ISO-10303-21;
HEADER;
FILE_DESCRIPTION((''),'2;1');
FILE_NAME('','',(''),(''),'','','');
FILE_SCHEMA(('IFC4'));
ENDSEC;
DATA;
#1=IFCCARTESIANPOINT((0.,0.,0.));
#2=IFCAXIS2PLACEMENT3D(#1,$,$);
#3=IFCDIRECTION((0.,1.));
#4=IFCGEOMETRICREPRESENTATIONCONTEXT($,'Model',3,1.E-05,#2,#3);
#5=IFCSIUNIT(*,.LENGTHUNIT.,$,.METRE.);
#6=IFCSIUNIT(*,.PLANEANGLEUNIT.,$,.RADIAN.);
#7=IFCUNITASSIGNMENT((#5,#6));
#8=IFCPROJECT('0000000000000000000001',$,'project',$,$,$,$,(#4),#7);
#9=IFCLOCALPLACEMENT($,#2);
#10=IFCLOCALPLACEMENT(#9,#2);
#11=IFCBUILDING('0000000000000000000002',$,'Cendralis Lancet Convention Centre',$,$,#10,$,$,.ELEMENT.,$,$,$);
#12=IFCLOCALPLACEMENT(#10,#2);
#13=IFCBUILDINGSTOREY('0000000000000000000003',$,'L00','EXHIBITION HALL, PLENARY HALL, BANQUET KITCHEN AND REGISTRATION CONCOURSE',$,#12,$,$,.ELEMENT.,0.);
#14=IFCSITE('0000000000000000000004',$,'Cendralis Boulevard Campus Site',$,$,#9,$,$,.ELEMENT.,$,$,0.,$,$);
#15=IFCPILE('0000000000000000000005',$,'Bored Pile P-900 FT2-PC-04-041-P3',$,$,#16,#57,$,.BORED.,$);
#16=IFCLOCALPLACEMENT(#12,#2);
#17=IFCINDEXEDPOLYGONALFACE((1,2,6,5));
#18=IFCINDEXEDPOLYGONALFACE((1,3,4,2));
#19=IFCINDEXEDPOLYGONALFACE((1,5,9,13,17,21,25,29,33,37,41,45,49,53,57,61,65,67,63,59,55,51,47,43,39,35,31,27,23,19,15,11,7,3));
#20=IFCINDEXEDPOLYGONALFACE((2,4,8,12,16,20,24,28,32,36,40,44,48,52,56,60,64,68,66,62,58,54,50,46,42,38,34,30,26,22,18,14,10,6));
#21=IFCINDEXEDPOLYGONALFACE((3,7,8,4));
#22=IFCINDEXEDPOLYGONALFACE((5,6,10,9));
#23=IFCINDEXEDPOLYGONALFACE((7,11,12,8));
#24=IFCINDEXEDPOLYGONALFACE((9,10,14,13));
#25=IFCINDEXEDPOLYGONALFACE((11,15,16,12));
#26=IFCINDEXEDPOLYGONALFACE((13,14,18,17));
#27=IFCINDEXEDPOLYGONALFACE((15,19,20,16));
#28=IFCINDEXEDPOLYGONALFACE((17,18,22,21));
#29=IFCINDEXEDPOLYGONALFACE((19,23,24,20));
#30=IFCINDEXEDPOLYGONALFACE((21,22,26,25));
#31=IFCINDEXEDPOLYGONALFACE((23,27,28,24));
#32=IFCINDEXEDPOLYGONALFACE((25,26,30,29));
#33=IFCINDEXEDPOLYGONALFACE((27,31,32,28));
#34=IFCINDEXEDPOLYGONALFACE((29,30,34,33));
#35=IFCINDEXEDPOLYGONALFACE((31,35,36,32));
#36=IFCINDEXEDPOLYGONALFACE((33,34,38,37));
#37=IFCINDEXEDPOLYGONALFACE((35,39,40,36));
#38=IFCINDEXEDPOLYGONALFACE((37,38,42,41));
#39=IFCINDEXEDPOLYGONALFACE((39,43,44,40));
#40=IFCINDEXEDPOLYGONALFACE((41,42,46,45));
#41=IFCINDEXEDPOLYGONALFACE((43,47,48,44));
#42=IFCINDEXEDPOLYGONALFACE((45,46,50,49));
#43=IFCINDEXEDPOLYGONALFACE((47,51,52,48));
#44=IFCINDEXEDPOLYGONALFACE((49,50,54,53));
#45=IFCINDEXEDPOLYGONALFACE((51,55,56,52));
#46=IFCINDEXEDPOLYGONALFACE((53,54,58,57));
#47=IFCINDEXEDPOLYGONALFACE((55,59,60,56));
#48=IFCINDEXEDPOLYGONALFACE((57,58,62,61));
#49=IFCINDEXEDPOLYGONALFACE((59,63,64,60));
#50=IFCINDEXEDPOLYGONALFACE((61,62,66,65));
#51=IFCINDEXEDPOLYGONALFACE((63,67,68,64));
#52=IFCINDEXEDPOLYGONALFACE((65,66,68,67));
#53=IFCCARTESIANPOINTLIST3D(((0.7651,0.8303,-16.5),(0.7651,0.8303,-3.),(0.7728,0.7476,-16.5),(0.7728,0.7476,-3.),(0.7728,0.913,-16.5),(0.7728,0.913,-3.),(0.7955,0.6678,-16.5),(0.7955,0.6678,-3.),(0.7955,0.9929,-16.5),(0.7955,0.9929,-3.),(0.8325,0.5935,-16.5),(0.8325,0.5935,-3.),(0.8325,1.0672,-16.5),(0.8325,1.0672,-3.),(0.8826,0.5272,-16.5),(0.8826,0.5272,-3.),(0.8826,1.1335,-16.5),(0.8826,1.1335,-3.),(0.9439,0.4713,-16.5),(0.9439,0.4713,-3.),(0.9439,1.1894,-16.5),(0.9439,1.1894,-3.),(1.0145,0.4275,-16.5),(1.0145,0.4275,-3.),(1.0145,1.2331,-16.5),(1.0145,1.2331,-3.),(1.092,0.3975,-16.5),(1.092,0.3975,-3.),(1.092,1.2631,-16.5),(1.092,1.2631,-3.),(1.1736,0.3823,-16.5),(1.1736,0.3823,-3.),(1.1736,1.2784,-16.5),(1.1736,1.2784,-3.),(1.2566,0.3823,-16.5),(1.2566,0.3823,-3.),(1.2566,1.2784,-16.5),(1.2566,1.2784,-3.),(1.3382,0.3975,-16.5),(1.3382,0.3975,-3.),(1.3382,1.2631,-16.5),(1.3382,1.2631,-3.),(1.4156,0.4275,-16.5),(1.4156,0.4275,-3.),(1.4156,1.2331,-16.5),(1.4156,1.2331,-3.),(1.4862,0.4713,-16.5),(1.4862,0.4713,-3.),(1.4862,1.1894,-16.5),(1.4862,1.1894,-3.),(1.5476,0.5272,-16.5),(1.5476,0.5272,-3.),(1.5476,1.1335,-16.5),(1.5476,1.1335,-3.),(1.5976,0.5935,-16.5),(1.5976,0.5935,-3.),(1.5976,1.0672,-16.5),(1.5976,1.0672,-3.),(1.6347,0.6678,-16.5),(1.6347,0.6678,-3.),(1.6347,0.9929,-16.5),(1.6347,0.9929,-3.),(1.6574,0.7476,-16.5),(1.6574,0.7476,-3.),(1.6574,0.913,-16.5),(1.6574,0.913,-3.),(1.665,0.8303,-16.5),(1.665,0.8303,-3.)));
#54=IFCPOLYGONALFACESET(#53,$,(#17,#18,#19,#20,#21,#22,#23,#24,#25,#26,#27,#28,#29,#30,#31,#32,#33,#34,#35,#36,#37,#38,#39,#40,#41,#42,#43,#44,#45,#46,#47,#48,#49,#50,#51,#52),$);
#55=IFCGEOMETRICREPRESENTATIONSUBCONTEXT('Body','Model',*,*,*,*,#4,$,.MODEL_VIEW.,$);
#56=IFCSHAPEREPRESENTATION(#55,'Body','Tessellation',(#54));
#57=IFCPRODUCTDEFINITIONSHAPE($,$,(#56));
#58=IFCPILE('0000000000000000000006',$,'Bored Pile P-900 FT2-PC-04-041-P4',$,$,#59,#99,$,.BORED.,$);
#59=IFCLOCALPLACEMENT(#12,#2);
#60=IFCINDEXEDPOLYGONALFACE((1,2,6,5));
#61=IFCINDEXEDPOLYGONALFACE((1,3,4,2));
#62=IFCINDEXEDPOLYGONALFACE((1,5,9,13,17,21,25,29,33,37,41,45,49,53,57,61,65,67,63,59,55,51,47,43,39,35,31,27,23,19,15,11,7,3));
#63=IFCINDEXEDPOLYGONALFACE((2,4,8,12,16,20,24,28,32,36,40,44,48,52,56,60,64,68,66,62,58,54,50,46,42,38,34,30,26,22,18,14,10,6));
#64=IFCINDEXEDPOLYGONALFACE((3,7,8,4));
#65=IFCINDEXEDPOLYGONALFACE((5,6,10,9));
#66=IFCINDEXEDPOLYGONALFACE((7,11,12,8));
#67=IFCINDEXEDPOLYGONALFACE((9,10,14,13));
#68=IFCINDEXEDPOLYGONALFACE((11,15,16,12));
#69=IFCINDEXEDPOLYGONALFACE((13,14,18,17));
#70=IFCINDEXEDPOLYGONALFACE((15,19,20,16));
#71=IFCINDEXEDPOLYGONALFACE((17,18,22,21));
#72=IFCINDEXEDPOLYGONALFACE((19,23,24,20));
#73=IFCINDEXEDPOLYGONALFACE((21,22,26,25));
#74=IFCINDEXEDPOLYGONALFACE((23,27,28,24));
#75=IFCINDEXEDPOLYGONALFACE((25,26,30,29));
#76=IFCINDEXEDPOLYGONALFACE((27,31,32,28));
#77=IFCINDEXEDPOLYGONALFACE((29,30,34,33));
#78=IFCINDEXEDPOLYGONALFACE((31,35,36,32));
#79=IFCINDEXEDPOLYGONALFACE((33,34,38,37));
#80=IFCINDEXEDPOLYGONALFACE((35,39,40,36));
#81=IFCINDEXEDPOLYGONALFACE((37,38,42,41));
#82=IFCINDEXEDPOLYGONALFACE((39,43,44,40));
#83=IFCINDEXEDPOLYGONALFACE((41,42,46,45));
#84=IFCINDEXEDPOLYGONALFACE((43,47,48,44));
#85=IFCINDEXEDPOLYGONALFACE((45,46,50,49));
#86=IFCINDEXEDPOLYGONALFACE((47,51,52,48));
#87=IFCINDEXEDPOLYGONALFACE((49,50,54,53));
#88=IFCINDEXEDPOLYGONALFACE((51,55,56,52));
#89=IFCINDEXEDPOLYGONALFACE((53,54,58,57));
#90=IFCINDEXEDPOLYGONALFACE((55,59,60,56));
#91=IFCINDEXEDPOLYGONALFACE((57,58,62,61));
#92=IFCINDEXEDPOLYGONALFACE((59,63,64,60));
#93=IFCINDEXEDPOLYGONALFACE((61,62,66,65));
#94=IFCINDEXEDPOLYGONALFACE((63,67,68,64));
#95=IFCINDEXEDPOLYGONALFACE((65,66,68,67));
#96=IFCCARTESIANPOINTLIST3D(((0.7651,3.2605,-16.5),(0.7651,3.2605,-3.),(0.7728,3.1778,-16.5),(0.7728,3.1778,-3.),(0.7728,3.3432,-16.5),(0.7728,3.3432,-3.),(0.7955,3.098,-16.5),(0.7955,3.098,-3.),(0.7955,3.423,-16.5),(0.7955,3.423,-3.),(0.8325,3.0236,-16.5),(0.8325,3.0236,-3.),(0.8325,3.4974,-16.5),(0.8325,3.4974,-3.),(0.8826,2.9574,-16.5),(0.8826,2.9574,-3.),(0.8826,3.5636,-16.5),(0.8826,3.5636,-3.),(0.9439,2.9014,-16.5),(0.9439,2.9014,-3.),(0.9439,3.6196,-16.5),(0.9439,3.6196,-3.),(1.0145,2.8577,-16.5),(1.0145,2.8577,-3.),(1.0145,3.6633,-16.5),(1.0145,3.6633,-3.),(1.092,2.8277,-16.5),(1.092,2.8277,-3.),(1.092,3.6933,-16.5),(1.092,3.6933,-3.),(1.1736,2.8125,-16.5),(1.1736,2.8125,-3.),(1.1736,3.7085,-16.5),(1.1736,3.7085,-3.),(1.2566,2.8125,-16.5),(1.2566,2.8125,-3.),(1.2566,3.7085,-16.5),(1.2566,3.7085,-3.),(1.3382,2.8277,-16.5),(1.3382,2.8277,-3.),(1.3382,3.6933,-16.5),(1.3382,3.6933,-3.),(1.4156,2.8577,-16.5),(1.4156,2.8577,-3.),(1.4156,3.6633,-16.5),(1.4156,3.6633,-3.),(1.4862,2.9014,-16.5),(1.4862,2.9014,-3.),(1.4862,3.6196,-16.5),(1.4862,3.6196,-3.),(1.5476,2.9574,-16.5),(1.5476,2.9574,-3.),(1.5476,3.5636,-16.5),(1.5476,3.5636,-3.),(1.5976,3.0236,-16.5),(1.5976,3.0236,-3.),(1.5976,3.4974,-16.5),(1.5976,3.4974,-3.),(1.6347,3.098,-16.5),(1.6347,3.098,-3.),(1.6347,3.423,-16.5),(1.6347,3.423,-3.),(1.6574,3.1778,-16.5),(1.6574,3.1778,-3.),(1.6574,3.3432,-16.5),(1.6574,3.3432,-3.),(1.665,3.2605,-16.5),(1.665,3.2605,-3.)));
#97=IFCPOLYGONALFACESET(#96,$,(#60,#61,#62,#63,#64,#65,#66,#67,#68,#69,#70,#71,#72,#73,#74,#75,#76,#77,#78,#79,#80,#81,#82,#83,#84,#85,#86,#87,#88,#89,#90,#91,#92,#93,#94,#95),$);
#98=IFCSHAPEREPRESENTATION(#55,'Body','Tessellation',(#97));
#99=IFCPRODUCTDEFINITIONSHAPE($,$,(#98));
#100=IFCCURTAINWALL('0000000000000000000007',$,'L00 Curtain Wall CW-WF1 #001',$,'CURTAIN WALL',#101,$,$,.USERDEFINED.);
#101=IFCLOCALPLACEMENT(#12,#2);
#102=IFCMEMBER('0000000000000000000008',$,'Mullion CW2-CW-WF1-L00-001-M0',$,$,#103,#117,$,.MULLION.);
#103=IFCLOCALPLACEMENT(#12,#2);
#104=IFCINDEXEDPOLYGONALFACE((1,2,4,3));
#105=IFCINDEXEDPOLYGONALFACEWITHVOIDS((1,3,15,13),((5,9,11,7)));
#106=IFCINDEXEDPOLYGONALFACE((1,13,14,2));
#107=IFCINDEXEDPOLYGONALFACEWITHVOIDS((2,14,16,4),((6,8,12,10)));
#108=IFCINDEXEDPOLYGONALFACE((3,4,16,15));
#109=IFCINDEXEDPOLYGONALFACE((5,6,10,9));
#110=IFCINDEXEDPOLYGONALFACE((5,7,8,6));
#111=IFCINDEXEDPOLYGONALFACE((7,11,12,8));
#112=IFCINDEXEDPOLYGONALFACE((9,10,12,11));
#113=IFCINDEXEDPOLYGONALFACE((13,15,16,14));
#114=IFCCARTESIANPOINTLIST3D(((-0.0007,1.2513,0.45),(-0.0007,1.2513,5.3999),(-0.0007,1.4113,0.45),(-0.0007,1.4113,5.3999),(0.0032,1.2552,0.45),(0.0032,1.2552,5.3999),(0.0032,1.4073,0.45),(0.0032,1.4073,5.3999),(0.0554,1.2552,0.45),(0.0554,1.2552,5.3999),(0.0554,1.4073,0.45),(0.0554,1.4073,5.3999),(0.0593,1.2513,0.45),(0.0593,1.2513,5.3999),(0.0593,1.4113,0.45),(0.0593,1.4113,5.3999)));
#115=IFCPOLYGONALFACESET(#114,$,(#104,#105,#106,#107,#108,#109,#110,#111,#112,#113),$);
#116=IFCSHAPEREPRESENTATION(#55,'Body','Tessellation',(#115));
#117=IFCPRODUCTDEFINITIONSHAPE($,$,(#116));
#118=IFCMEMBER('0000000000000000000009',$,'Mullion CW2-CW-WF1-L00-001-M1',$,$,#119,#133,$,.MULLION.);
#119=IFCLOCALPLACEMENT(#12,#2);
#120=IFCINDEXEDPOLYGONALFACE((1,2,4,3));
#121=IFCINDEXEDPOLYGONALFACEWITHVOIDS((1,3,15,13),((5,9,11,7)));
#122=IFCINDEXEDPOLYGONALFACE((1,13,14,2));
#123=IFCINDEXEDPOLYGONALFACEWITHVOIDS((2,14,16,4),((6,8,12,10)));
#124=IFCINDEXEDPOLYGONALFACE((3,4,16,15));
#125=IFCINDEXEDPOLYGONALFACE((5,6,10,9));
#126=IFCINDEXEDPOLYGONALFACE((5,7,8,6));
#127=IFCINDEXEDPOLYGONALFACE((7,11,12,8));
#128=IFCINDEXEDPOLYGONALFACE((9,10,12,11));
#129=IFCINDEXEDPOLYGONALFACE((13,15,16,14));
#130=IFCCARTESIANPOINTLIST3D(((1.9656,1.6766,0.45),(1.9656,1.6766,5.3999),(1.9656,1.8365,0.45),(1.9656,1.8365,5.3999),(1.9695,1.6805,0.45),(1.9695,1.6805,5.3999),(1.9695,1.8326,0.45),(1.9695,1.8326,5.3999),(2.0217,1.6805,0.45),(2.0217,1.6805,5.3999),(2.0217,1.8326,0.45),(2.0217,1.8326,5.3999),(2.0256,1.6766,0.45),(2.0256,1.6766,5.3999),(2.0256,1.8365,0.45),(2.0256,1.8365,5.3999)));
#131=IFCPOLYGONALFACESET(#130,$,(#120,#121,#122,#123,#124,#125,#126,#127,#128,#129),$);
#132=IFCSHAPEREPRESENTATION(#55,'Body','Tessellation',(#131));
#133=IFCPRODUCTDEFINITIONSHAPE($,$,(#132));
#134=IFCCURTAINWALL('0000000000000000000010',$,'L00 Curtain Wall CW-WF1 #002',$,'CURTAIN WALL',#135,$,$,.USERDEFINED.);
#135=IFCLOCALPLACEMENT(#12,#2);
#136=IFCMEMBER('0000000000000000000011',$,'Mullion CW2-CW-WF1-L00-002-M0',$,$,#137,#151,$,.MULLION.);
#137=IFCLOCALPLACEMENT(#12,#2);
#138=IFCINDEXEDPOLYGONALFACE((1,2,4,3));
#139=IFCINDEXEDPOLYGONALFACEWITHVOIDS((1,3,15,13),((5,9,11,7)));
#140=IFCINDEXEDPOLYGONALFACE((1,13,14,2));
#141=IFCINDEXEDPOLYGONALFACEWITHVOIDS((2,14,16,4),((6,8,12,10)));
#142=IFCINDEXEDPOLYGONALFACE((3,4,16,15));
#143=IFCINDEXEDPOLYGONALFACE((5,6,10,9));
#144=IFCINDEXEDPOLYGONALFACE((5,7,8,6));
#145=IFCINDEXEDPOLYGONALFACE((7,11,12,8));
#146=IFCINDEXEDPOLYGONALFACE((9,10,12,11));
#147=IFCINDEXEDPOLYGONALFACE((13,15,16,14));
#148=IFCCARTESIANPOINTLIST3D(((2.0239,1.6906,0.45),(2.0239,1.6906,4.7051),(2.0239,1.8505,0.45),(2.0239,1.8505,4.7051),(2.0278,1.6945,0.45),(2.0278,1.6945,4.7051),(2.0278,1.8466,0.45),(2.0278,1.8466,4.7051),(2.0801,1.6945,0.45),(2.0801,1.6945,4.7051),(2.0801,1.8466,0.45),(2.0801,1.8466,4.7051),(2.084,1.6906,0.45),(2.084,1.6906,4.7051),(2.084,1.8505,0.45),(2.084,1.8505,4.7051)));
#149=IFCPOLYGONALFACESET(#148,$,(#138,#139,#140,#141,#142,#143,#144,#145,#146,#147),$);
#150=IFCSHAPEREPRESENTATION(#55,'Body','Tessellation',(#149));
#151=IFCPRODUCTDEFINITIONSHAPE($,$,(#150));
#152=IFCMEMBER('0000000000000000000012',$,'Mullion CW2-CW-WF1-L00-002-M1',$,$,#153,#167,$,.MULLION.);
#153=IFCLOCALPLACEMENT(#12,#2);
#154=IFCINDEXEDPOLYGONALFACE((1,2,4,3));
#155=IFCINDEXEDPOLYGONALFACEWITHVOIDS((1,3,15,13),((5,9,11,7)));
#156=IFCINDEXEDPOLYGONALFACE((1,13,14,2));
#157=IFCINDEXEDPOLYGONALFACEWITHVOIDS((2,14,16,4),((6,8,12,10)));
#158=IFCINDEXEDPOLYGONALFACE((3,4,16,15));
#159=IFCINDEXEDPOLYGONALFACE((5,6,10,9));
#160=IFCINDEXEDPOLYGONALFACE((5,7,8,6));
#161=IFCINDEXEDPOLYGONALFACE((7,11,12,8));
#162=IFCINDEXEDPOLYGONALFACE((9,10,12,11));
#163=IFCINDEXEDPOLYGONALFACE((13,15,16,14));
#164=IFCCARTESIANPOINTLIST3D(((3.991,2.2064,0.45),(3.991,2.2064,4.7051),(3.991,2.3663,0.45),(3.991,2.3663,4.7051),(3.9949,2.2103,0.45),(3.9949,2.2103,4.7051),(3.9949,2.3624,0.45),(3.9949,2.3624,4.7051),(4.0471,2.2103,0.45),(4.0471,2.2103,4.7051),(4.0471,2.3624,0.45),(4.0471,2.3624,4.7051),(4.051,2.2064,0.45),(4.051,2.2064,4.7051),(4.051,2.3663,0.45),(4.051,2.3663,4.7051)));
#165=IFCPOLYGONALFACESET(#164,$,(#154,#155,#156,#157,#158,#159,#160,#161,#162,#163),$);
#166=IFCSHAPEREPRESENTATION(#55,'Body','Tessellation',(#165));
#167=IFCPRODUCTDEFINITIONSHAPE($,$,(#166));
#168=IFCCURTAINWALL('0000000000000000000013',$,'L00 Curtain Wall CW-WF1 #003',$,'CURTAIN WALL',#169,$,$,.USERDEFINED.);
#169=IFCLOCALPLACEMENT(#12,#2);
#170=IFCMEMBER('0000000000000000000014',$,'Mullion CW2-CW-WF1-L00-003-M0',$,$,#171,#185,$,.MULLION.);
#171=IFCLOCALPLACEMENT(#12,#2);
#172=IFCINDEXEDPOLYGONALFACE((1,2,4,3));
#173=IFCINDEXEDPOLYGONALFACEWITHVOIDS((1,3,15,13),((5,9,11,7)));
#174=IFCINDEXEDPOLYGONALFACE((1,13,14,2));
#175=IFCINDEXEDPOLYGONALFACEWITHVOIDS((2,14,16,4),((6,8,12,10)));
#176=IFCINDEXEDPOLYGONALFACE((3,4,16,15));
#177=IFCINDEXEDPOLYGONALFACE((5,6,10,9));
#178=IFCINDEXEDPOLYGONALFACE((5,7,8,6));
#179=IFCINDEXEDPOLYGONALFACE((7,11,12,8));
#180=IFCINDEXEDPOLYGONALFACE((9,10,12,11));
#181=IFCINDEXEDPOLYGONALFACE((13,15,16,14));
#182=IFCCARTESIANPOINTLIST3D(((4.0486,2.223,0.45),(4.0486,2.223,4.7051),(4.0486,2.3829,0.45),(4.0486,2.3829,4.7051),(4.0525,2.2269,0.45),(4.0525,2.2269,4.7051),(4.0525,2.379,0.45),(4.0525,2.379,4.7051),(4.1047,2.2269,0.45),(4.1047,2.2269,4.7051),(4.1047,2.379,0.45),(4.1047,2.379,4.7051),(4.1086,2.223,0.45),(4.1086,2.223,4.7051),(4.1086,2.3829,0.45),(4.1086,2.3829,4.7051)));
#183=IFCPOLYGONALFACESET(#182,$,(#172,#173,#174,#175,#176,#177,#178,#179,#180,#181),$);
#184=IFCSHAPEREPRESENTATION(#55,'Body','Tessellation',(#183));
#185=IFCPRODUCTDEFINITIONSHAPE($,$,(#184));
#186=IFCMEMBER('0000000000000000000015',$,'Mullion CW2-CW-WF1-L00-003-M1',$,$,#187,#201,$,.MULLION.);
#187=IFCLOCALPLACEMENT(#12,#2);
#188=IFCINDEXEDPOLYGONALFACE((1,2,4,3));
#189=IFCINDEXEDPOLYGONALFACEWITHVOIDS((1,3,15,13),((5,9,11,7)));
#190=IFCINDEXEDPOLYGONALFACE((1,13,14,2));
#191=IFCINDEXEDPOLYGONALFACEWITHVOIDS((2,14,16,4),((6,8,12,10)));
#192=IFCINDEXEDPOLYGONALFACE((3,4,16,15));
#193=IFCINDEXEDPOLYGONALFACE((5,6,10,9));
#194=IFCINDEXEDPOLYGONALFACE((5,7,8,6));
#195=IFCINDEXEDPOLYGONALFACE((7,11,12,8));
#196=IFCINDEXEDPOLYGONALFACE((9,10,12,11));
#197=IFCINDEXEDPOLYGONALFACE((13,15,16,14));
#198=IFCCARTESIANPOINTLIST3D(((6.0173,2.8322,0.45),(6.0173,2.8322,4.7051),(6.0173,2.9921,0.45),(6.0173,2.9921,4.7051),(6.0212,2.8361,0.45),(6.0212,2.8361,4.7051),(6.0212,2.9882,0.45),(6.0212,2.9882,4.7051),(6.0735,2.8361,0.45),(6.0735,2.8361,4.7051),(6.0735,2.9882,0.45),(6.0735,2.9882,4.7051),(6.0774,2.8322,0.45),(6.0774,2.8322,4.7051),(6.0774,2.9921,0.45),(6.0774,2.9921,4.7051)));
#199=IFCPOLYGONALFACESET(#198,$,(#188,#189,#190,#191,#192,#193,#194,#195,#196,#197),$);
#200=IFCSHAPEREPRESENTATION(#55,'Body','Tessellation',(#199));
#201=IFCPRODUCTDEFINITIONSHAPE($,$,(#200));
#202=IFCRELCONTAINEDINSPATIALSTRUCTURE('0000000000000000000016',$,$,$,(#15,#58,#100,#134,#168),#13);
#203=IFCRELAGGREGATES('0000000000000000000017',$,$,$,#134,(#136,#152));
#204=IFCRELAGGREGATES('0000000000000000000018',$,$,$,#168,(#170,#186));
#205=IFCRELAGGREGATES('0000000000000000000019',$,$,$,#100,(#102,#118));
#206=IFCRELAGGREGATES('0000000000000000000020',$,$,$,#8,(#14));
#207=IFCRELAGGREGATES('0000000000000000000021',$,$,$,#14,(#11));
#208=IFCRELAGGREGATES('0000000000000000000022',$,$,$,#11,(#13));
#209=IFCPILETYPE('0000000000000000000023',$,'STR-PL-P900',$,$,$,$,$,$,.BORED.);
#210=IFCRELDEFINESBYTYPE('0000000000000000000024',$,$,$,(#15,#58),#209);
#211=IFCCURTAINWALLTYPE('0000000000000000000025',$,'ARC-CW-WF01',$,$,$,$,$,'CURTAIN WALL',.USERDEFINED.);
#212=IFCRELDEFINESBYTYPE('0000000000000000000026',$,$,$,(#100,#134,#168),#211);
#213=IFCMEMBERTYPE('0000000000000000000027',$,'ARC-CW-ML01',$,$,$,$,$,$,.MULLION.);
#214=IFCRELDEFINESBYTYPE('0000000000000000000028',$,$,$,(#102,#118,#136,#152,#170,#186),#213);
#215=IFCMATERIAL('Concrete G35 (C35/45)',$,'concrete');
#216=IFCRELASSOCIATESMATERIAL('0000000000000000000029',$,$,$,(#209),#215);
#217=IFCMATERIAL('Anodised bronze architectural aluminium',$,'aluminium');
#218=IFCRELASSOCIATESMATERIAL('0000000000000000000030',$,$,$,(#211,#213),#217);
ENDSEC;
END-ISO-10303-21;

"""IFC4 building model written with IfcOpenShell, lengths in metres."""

from ifc_helpers import new_model, si_unit, direction, frame, origin, origin_2d, place, context, subcontext, project, spatial, hollow_rectangle, circle, extrude, material, material_profile, profile_set, type_object, element, aggregate, save


model = new_model("IFC4")

# Units and contexts
model_context = context("Model", 3, precision=1e-05, world=origin(), true_north=direction((0.0, 1.0)))
body_context = subcontext(model_context, "Body", "Model", "MODEL_VIEW")
ifc_project = project(units=[si_unit("LENGTHUNIT", "METRE"), si_unit("PLANEANGLEUNIT", "RADIAN")], contexts=[model_context])

# Site, building, storey
site_placement = place(None, origin())
site = spatial("IfcSite", under=ifc_project, at=site_placement, Name="Cendralis Boulevard Campus Site", CompositionType="ELEMENT", RefElevation=0.0)
building_placement = place(site_placement, origin())
building = spatial("IfcBuilding", under=site, at=building_placement, Name="Cendralis Lancet Convention Centre", CompositionType="ELEMENT")
storey_placement = place(building_placement, origin())
storey = spatial("IfcBuildingStorey", under=building, at=storey_placement, Name="L00", Description="EXHIBITION HALL, PLENARY HALL, BANQUET KITCHEN AND REGISTRATION CONCOURSE", CompositionType="ELEMENT", Elevation=0.0)

# Piles
ifc_material_1 = material(Name="Concrete G35 (C35/45)", Category="concrete")
ifc_material_profile_1 = material_profile(ifc_material_1, circle(Radius=0.45, at=origin_2d()), Name="BORED PILE D900")
ifc_profile_set_1 = profile_set([ifc_material_profile_1], Name="Concrete G35 (C35/45)")
pile_type = type_object("IfcPileType", Name="STR-PL-P900", PredefinedType="BORED", material=ifc_profile_set_1)
for number, where, z_axis, x_axis, name in (
    (1, (1.2151, 0.8303, -3.0), (0.0, 0.0, -1.0), (1.0, 0.0, 0.0), "Bored Pile P-900 FT2-PC-04-041-P3"),
    (2, (1.2151, 3.2605, -3.0), (0.0, 0.0, -1.0), (1.0, 0.0, 0.0), "Bored Pile P-900 FT2-PC-04-041-P4"),
):
    element("IfcPile", number, at=place(storey_placement, frame(where, z_axis=z_axis, x_axis=x_axis)), inside=storey, type_object=pile_type, Name=name, PredefinedType="BORED", context=body_context, shape_type="SweptSolid", body=[
        extrude(circle(Radius=0.45, at=origin_2d()), origin(), (0.0, 0.0, 1.0), 13.5),
    ])

# Curtain walls, members
ifc_material_2 = material(Name="Anodised bronze architectural aluminium", Category="aluminium")
curtain_wall_type = type_object("IfcCurtainWallType", Name="ARC-CW-WF01", ElementType="CURTAIN WALL", PredefinedType="USERDEFINED", material=ifc_material_2)
curtain_wall_1_placement = place(storey_placement, origin())
curtain_wall_1 = element("IfcCurtainWall", 3, at=curtain_wall_1_placement, inside=storey, type_object=curtain_wall_type, Name="L00 Curtain Wall CW-WF1 #001", ObjectType="CURTAIN WALL", PredefinedType="USERDEFINED")
ifc_material_profile_2 = material_profile(ifc_material_2, hollow_rectangle(XDim=0.0601, YDim=0.1599, WallThickness=0.0039, at=origin_2d()), Name="AL-MULL 60x160x4.0")
ifc_profile_set_2 = profile_set([ifc_material_profile_2], Name="Anodised bronze architectural aluminium")
member_type_1 = type_object("IfcMemberType", Name="ARC-CW-ML01", PredefinedType="MULLION", material=ifc_profile_set_2)
member_1_placement = place(storey_placement, frame((0.0293, 1.3313, 0.45), z_axis=(0.0, 0.0, 1.0), x_axis=(1.0, 0.0, 0.0)))
member_1 = element("IfcMember", 4, at=member_1_placement, type_object=member_type_1, Name="Mullion CW2-CW-WF1-L00-001-M0", PredefinedType="MULLION", context=body_context, shape_type="SweptSolid", body=[
    extrude(hollow_rectangle(XDim=0.0601, YDim=0.1599, WallThickness=0.0039, at=origin_2d()), origin(), (0.0, 0.0, 1.0), 4.95),
])
member_2_placement = place(storey_placement, frame((1.9956, 1.7566, 0.45), z_axis=(0.0, 0.0, 1.0), x_axis=(1.0, 0.0, 0.0)))
member_2 = element("IfcMember", 5, at=member_2_placement, type_object=member_type_1, Name="Mullion CW2-CW-WF1-L00-001-M1", PredefinedType="MULLION", context=body_context, shape_type="SweptSolid", body=[
    extrude(hollow_rectangle(XDim=0.0601, YDim=0.1599, WallThickness=0.0039, at=origin_2d()), origin(), (0.0, 0.0, 1.0), 4.95),
])
curtain_wall_2_placement = place(storey_placement, origin())
curtain_wall_2 = element("IfcCurtainWall", 6, at=curtain_wall_2_placement, inside=storey, type_object=curtain_wall_type, Name="L00 Curtain Wall CW-WF1 #002", ObjectType="CURTAIN WALL", PredefinedType="USERDEFINED")
member_3_placement = place(storey_placement, frame((2.054, 1.7705, 0.45), z_axis=(0.0, 0.0, 1.0), x_axis=(1.0, 0.0, 0.0)))
member_3 = element("IfcMember", 7, at=member_3_placement, type_object=member_type_1, Name="Mullion CW2-CW-WF1-L00-002-M0", PredefinedType="MULLION", context=body_context, shape_type="SweptSolid", body=[
    extrude(hollow_rectangle(XDim=0.0601, YDim=0.1599, WallThickness=0.0039, at=origin_2d()), origin(), (0.0, 0.0, 1.0), 4.2551),
])
member_4_placement = place(storey_placement, frame((4.021, 2.2864, 0.45), z_axis=(0.0, 0.0, 1.0), x_axis=(1.0, 0.0, 0.0)))
member_4 = element("IfcMember", 8, at=member_4_placement, type_object=member_type_1, Name="Mullion CW2-CW-WF1-L00-002-M1", PredefinedType="MULLION", context=body_context, shape_type="SweptSolid", body=[
    extrude(hollow_rectangle(XDim=0.0601, YDim=0.1599, WallThickness=0.0039, at=origin_2d()), origin(), (0.0, 0.0, 1.0), 4.2551),
])
curtain_wall_3_placement = place(storey_placement, origin())
curtain_wall_3 = element("IfcCurtainWall", 9, at=curtain_wall_3_placement, inside=storey, type_object=curtain_wall_type, Name="L00 Curtain Wall CW-WF1 #003", ObjectType="CURTAIN WALL", PredefinedType="USERDEFINED")
member_5_placement = place(storey_placement, frame((4.0786, 2.303, 0.45), z_axis=(0.0, 0.0, 1.0), x_axis=(1.0, 0.0, 0.0)))
member_5 = element("IfcMember", 10, at=member_5_placement, type_object=member_type_1, Name="Mullion CW2-CW-WF1-L00-003-M0", PredefinedType="MULLION", context=body_context, shape_type="SweptSolid", body=[
    extrude(hollow_rectangle(XDim=0.0601, YDim=0.1599, WallThickness=0.0039, at=origin_2d()), origin(), (0.0, 0.0, 1.0), 4.2551),
])
member_6_placement = place(storey_placement, frame((6.0474, 2.9121, 0.45), z_axis=(0.0, 0.0, 1.0), x_axis=(1.0, 0.0, 0.0)))
member_6 = element("IfcMember", 11, at=member_6_placement, type_object=member_type_1, Name="Mullion CW2-CW-WF1-L00-003-M1", PredefinedType="MULLION", context=body_context, shape_type="SweptSolid", body=[
    extrude(hollow_rectangle(XDim=0.0601, YDim=0.1599, WallThickness=0.0039, at=origin_2d()), origin(), (0.0, 0.0, 1.0), 4.2551),
])

aggregate(curtain_wall_2, [member_3, member_4])
aggregate(curtain_wall_3, [member_5, member_6])
aggregate(curtain_wall_1, [member_1, member_2])

save(model, "model.ifc")
